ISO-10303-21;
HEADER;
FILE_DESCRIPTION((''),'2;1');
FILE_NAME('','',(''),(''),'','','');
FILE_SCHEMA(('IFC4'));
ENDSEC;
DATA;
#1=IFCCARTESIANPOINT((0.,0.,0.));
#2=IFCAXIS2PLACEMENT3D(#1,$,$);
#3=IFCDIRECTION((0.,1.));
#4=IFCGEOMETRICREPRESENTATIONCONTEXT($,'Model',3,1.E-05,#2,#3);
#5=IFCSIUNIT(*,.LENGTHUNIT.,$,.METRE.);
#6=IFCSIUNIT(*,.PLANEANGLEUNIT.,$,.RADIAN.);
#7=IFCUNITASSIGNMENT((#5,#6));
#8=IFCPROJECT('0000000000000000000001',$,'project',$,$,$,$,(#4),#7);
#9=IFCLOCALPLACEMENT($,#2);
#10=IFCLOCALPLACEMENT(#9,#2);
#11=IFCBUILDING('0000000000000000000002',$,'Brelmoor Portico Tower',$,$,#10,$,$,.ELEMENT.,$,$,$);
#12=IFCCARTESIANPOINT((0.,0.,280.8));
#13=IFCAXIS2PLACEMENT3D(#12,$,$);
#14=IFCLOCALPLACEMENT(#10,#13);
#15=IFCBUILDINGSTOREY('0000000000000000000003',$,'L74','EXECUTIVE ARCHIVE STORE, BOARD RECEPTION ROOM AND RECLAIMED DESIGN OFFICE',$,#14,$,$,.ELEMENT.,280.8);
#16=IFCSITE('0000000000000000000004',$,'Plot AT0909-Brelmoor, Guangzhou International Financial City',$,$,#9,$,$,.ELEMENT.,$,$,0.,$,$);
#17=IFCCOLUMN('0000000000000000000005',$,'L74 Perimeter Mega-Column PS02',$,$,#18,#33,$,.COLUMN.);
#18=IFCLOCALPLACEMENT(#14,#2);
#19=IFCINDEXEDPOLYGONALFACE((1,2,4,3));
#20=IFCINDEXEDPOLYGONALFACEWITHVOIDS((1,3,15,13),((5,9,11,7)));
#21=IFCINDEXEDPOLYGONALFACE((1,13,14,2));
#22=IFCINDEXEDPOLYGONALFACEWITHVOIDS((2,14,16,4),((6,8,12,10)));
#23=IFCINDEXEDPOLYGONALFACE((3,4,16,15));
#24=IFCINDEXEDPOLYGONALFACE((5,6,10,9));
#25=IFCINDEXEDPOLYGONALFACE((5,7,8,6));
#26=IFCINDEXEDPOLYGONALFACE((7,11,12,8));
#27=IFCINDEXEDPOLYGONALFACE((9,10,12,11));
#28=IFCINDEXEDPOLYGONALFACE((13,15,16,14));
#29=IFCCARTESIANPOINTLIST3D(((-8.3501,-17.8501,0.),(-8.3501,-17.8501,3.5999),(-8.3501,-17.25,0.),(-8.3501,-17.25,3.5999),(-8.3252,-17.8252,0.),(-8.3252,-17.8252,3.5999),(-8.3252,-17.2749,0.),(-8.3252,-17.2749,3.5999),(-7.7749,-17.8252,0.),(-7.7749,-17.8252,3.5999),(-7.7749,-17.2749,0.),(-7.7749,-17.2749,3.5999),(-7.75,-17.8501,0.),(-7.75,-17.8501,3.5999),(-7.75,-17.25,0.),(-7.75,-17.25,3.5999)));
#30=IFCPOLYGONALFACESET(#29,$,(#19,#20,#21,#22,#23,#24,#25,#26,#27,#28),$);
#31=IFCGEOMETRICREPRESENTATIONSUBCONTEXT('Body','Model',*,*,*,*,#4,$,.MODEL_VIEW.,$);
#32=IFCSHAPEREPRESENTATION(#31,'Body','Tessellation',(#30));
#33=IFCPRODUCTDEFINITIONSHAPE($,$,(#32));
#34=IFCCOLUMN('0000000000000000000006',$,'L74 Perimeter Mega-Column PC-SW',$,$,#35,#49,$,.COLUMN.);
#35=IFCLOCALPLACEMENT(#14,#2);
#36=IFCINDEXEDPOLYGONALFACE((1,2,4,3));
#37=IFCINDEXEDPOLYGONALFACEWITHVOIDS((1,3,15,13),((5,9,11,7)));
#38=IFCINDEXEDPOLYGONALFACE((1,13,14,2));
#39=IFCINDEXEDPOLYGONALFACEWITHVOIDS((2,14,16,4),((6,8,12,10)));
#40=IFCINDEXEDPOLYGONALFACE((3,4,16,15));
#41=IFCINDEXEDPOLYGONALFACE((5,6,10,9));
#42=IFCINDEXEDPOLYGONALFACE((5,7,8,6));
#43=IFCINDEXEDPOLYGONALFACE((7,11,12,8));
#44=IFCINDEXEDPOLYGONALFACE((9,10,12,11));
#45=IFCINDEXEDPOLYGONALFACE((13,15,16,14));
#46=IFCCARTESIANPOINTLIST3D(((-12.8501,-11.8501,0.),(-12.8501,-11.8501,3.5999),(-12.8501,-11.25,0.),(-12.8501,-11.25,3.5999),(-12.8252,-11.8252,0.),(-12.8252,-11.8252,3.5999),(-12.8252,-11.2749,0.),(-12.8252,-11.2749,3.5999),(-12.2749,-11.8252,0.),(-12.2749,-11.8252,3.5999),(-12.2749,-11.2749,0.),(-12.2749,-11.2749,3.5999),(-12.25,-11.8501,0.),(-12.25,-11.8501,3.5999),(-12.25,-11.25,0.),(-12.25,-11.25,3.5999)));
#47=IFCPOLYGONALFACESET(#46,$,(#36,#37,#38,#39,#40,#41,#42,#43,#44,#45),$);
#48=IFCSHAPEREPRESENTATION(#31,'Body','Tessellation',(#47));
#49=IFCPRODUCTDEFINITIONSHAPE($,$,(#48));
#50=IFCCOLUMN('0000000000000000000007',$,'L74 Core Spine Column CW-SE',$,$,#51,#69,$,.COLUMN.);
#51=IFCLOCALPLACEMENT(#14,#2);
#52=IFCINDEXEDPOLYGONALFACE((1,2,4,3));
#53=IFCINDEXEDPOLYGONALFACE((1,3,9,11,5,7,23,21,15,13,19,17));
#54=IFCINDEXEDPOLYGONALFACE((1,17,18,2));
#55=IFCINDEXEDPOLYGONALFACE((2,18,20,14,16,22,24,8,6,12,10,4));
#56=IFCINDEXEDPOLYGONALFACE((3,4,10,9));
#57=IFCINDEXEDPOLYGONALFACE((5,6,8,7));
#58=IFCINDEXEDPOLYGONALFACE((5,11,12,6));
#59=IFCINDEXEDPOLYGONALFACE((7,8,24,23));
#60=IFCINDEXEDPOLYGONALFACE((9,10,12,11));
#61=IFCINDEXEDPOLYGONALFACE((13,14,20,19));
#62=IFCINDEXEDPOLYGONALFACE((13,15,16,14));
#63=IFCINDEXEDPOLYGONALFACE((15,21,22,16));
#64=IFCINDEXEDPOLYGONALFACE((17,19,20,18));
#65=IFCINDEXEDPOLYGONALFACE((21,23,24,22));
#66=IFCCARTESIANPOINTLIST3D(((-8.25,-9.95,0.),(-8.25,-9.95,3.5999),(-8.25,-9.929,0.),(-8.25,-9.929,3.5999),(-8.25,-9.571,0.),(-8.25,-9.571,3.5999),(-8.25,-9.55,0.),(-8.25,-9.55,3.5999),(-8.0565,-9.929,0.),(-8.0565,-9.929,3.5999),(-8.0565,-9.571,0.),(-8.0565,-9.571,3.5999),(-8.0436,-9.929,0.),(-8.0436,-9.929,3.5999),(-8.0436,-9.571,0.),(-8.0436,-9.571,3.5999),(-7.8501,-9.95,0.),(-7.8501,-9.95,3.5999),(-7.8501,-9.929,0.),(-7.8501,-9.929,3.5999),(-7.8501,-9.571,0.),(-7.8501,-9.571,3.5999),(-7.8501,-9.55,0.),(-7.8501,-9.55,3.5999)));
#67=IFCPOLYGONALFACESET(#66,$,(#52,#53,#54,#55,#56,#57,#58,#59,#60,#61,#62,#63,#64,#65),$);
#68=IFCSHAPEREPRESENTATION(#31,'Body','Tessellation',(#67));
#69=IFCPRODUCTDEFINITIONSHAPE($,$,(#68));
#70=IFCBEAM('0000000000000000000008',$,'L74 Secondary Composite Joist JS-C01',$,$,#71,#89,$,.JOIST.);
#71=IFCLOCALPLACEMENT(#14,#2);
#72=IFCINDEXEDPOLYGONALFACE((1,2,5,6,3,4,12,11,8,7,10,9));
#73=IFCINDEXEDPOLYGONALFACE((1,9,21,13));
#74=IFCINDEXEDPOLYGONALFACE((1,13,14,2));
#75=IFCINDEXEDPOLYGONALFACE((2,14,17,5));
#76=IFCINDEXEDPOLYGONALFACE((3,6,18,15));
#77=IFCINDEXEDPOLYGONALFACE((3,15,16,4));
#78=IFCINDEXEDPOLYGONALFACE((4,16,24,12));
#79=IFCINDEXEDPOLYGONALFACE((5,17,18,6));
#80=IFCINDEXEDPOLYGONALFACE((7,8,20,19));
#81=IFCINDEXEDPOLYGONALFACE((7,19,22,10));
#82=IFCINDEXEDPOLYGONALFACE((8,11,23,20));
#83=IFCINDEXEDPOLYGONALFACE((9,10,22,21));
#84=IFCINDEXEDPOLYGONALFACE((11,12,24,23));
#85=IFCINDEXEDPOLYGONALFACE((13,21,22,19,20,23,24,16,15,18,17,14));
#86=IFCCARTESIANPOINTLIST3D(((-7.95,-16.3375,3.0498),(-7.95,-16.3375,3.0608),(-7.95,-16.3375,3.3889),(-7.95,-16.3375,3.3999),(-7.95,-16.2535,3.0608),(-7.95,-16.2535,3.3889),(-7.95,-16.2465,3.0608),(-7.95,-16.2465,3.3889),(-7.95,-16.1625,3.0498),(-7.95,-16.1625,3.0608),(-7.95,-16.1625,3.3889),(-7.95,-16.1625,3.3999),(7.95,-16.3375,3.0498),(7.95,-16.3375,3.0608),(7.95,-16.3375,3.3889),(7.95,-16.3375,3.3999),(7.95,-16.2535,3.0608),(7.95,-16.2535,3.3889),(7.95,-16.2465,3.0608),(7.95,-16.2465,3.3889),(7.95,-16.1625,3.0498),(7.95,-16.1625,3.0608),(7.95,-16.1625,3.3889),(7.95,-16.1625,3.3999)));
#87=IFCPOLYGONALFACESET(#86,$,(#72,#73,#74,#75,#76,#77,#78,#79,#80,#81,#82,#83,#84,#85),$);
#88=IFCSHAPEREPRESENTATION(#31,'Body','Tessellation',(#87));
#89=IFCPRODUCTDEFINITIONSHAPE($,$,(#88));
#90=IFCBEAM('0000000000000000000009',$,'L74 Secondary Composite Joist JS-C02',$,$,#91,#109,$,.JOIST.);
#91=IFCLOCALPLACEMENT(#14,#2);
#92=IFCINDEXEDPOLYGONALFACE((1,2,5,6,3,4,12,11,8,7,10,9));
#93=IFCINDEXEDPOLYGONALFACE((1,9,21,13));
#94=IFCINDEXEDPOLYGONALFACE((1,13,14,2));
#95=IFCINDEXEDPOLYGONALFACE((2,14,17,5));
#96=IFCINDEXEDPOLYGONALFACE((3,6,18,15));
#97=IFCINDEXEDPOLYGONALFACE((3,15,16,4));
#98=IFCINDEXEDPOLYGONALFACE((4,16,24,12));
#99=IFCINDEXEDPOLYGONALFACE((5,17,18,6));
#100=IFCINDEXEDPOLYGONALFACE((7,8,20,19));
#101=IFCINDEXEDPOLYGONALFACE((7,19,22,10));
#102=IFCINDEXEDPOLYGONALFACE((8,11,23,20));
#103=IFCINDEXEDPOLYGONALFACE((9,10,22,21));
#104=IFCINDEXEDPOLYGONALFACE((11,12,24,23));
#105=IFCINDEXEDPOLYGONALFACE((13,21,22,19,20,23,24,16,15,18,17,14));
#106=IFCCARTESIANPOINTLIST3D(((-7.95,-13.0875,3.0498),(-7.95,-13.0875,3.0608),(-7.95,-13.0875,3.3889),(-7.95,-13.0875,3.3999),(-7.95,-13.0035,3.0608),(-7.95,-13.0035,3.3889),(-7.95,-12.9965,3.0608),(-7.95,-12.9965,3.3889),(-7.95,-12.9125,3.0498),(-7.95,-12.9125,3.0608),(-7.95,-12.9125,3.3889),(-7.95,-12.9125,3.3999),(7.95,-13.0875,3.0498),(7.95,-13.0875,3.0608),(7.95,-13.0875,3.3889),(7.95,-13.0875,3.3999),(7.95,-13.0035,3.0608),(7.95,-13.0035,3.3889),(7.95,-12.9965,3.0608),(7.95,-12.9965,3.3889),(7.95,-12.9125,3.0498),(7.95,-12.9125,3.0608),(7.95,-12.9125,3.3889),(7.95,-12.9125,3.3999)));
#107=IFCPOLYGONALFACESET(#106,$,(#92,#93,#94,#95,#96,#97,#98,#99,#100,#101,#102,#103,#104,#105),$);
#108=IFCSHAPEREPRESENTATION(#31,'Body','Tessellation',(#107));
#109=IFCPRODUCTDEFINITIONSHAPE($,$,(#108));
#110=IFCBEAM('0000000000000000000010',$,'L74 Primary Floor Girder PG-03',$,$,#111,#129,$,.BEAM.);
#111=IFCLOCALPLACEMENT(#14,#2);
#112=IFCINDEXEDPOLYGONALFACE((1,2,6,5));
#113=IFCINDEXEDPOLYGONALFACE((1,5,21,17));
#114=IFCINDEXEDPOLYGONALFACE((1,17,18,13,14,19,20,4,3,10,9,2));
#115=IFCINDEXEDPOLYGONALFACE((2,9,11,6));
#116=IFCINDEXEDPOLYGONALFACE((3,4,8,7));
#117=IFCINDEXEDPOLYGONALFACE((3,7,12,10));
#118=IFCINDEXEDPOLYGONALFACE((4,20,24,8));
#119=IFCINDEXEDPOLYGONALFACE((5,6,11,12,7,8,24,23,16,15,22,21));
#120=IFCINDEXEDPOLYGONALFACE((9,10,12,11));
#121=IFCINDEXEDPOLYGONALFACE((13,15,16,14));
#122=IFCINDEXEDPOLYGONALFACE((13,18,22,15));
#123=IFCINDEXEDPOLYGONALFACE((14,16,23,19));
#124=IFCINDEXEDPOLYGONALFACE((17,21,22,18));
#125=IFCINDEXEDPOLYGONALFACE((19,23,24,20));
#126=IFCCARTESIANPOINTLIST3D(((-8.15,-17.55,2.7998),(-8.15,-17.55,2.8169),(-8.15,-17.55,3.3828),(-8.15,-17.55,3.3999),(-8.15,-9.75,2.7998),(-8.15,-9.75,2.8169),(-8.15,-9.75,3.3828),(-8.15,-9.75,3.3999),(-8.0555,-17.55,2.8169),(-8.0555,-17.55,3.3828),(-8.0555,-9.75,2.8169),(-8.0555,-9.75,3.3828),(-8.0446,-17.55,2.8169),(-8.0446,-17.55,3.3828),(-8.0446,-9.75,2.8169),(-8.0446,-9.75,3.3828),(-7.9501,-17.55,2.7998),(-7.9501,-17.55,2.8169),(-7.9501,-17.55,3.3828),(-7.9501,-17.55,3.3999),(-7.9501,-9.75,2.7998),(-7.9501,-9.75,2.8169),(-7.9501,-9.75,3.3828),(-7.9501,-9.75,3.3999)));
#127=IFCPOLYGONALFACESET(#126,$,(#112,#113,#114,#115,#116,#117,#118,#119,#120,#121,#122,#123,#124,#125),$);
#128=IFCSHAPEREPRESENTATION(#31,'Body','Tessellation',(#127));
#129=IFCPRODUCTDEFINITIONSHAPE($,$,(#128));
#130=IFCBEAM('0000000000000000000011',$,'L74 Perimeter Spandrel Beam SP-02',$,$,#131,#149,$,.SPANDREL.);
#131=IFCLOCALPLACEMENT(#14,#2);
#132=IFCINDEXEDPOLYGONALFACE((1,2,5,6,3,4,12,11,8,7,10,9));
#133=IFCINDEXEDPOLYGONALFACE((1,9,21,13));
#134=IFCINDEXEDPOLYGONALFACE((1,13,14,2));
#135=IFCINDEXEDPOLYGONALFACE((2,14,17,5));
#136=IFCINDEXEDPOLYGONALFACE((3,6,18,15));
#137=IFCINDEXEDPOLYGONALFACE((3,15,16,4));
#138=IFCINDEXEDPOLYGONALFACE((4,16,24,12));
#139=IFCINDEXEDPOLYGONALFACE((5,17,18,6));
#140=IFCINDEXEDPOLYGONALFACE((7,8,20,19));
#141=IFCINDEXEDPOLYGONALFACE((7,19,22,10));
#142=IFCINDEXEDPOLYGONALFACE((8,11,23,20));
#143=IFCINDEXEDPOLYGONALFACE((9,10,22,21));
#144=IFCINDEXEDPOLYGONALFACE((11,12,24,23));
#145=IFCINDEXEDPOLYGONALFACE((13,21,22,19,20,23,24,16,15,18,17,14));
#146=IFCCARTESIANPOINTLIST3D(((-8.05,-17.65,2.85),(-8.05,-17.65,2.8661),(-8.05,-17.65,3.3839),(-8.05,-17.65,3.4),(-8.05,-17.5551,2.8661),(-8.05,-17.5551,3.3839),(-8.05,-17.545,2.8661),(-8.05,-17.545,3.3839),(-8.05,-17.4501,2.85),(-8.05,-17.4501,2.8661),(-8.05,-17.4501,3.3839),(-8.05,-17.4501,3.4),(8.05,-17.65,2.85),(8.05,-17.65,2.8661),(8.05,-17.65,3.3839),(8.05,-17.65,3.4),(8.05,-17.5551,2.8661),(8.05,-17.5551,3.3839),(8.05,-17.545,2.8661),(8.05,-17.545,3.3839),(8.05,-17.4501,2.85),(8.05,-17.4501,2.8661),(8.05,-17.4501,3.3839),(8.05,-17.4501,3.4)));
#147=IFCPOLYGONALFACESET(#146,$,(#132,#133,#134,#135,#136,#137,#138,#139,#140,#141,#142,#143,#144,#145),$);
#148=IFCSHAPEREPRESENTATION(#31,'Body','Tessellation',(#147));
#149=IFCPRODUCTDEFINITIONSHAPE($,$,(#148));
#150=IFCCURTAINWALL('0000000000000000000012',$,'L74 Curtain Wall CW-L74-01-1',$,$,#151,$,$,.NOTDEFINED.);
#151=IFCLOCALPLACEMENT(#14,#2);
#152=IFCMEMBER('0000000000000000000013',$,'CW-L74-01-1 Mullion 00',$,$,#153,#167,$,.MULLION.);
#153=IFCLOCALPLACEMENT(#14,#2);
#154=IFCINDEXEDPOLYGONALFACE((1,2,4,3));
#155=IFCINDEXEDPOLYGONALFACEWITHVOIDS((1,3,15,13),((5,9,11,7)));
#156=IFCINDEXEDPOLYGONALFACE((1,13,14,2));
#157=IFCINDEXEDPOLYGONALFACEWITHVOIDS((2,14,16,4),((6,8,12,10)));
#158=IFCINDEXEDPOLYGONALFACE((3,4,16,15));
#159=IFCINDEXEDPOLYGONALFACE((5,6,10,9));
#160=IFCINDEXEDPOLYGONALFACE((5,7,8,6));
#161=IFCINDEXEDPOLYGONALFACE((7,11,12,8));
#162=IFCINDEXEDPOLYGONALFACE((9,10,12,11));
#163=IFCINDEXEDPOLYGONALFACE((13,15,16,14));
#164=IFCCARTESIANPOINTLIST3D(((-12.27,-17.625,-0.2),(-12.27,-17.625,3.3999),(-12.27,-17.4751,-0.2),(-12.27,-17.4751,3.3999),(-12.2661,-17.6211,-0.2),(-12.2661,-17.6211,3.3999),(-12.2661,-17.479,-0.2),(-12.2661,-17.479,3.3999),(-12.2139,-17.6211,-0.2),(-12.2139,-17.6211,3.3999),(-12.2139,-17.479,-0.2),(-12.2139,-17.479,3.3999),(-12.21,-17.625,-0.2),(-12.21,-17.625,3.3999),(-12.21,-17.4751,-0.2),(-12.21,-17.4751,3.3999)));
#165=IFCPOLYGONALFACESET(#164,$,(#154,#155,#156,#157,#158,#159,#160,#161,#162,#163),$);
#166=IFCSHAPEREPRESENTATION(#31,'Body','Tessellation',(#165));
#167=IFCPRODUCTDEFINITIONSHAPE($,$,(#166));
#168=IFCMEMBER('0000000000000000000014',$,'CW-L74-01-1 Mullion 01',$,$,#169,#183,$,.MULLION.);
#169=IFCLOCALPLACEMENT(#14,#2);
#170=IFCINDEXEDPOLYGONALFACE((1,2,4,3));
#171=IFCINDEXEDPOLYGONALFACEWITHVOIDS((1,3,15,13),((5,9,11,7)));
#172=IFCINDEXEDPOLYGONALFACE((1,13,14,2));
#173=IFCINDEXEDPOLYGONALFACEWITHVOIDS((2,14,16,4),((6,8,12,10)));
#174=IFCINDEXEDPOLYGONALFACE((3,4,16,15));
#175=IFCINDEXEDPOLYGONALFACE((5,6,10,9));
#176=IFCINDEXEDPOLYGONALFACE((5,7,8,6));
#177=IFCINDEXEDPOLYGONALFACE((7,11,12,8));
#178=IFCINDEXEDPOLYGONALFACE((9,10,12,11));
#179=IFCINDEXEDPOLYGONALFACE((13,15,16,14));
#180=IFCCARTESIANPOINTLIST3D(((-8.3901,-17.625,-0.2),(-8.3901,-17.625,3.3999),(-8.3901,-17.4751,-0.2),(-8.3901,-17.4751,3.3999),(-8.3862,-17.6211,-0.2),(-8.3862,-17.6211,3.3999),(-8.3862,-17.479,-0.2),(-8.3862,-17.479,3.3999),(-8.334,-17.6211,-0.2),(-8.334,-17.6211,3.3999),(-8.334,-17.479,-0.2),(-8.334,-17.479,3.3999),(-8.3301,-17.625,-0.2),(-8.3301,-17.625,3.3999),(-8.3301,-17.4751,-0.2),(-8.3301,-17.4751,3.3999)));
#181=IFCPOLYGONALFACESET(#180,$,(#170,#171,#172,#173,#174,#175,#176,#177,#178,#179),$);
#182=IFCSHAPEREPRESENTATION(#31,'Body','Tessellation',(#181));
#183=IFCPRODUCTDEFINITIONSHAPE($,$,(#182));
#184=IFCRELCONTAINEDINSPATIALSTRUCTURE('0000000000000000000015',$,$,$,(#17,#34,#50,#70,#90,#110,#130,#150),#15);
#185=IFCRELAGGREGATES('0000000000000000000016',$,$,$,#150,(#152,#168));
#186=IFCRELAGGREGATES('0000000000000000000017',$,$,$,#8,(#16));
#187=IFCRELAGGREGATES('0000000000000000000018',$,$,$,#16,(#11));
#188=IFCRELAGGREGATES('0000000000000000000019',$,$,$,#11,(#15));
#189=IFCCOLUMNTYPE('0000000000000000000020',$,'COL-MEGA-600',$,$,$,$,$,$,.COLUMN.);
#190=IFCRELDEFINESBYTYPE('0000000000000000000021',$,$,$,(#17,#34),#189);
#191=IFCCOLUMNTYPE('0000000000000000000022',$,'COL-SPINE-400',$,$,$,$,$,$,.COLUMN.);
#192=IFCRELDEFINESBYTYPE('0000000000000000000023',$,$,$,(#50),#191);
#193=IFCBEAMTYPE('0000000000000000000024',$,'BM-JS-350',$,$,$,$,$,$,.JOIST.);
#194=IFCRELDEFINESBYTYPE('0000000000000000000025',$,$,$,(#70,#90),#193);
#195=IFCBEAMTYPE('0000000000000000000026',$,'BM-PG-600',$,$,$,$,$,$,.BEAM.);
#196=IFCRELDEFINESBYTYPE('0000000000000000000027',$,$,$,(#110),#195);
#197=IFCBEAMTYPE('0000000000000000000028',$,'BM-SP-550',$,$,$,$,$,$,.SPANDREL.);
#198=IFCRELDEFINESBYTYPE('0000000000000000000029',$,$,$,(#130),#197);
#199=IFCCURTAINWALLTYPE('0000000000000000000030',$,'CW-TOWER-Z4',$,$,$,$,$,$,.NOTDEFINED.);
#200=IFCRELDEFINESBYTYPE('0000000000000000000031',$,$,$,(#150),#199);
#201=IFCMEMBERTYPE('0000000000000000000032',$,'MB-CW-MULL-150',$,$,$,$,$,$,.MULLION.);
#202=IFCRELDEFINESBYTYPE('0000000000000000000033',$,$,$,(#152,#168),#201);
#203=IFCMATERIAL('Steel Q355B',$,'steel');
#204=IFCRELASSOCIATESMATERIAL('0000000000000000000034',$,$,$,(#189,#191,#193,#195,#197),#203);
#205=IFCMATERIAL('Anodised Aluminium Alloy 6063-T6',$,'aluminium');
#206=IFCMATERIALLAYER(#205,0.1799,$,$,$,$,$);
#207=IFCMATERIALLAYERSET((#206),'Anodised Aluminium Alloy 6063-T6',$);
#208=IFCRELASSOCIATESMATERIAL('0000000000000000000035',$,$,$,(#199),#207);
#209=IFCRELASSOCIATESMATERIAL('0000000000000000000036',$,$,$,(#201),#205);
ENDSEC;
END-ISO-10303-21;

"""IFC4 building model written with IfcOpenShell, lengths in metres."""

from ifc_helpers import new_model, si_unit, direction, frame, origin, origin_2d, place, context, subcontext, project, spatial, hollow_rectangle, i_section, extrude, material, layer, layer_set, material_profile, profile_set, type_object, element, aggregate, save


model = new_model("IFC4")

# Units and contexts
model_context = context("Model", 3, precision=1e-05, world=origin(), true_north=direction((0.0, 1.0)))
body_context = subcontext(model_context, "Body", "Model", "MODEL_VIEW")
ifc_project = project(units=[si_unit("LENGTHUNIT", "METRE"), si_unit("PLANEANGLEUNIT", "RADIAN")], contexts=[model_context])

# Site, building, storey
site_placement = place(None, origin())
site = spatial("IfcSite", under=ifc_project, at=site_placement, Name="Plot AT0909-Brelmoor, Guangzhou International Financial City", CompositionType="ELEMENT", RefElevation=0.0)
building_placement = place(site_placement, origin())
building = spatial("IfcBuilding", under=site, at=building_placement, Name="Brelmoor Portico Tower", CompositionType="ELEMENT")
storey_placement = place(building_placement, frame((0.0, 0.0, 280.8)))
storey = spatial("IfcBuildingStorey", under=building, at=storey_placement, Name="L74", Description="EXECUTIVE ARCHIVE STORE, BOARD RECEPTION ROOM AND RECLAIMED DESIGN OFFICE", CompositionType="ELEMENT", Elevation=280.8)

# Columns
ifc_material_1 = material(Name="Steel Q355B", Category="steel")
ifc_material_profile_1 = material_profile(ifc_material_1, hollow_rectangle(XDim=0.6001, YDim=0.6001, WallThickness=0.0249, at=origin_2d()), Name="BOX 600x600x25")
ifc_profile_set_1 = profile_set([ifc_material_profile_1], Name="Steel Q355B")
column_type_1 = type_object("IfcColumnType", Name="COL-MEGA-600", PredefinedType="COLUMN", material=ifc_profile_set_1)
for number, where, z_axis, x_axis, name in (
    (1, (-8.05, -17.55, 0.0), (0.0, 0.0, 1.0), (1.0, 0.0, 0.0), "L74 Perimeter Mega-Column PS02"),
    (2, (-12.55, -11.55, 0.0), (0.0, 0.0, 1.0), (1.0, 0.0, 0.0), "L74 Perimeter Mega-Column PC-SW"),
):
    element("IfcColumn", number, at=place(storey_placement, frame(where, z_axis=z_axis, x_axis=x_axis)), inside=storey, type_object=column_type_1, Name=name, PredefinedType="COLUMN", context=body_context, shape_type="SweptSolid", body=[
        extrude(hollow_rectangle(XDim=0.6001, YDim=0.6001, WallThickness=0.0249, at=origin_2d()), origin(), (0.0, 0.0, 1.0), 3.5999),
    ])
ifc_material_profile_2 = material_profile(ifc_material_1, i_section(OverallWidth=0.3999, OverallDepth=0.3999, WebThickness=0.0129, FlangeThickness=0.021, at=origin_2d()), Name="HW 400x400x13x21")
ifc_profile_set_2 = profile_set([ifc_material_profile_2], Name="Steel Q355B")
column_type_2 = type_object("IfcColumnType", Name="COL-SPINE-400", PredefinedType="COLUMN", material=ifc_profile_set_2)
column_placement = place(storey_placement, frame((-8.05, -9.75, 0.0), z_axis=(0.0, 0.0, 1.0), x_axis=(1.0, 0.0, 0.0)))
element("IfcColumn", 3, at=column_placement, inside=storey, type_object=column_type_2, Name="L74 Core Spine Column CW-SE", PredefinedType="COLUMN", context=body_context, shape_type="SweptSolid", body=[
    extrude(i_section(OverallWidth=0.3999, OverallDepth=0.3999, WebThickness=0.0129, FlangeThickness=0.021, at=origin_2d()), origin(), (0.0, 0.0, 1.0), 3.5999),
])

# Beams
ifc_material_profile_3 = material_profile(ifc_material_1, i_section(OverallWidth=0.175, OverallDepth=0.3501, WebThickness=0.0071, FlangeThickness=0.011, at=origin_2d()), Name="HN 350x175x7x11")
ifc_profile_set_3 = profile_set([ifc_material_profile_3], Name="Steel Q355B")
beam_type_1 = type_object("IfcBeamType", Name="BM-JS-350", PredefinedType="JOIST", material=ifc_profile_set_3)
for number, where, z_axis, x_axis, name in (
    (4, (-7.95, -16.25, 3.2249), (1.0, 0.0, 0.0), (0.0, 1.0, 0.0), "L74 Secondary Composite Joist JS-C01"),
    (5, (-7.95, -13.0, 3.2249), (1.0, 0.0, 0.0), (0.0, 1.0, 0.0), "L74 Secondary Composite Joist JS-C02"),
):
    element("IfcBeam", number, at=place(storey_placement, frame(where, z_axis=z_axis, x_axis=x_axis)), inside=storey, type_object=beam_type_1, Name=name, PredefinedType="JOIST", context=body_context, shape_type="SweptSolid", body=[
        extrude(i_section(OverallWidth=0.175, OverallDepth=0.3501, WebThickness=0.0071, FlangeThickness=0.011, at=origin_2d()), origin(), (0.0, 0.0, 1.0), 15.8999),
    ])
ifc_material_profile_4 = material_profile(ifc_material_1, i_section(OverallWidth=0.2, OverallDepth=0.6001, WebThickness=0.011, FlangeThickness=0.0171, at=origin_2d()), Name="HN 600x200x11x17")
ifc_profile_set_4 = profile_set([ifc_material_profile_4], Name="Steel Q355B")
beam_type_2 = type_object("IfcBeamType", Name="BM-PG-600", PredefinedType="BEAM", material=ifc_profile_set_4)
beam_1_placement = place(storey_placement, frame((-8.05, -17.55, 3.0999), z_axis=(0.0, 1.0, 0.0), x_axis=(-1.0, 0.0, 0.0)))
element("IfcBeam", 6, at=beam_1_placement, inside=storey, type_object=beam_type_2, Name="L74 Primary Floor Girder PG-03", PredefinedType="BEAM", context=body_context, shape_type="SweptSolid", body=[
    extrude(i_section(OverallWidth=0.2, OverallDepth=0.6001, WebThickness=0.011, FlangeThickness=0.0171, at=origin_2d()), origin(), (0.0, 0.0, 1.0), 7.8),
])
ifc_material_profile_5 = material_profile(ifc_material_1, i_section(OverallWidth=0.2, OverallDepth=0.55, WebThickness=0.01, FlangeThickness=0.0161, at=origin_2d()), Name="HN 550x200x10x16")
ifc_profile_set_5 = profile_set([ifc_material_profile_5], Name="Steel Q355B")
beam_type_3 = type_object("IfcBeamType", Name="BM-SP-550", PredefinedType="SPANDREL", material=ifc_profile_set_5)
beam_2_placement = place(storey_placement, frame((-8.05, -17.55, 3.125), z_axis=(1.0, 0.0, 0.0), x_axis=(0.0, 1.0, 0.0)))
element("IfcBeam", 7, at=beam_2_placement, inside=storey, type_object=beam_type_3, Name="L74 Perimeter Spandrel Beam SP-02", PredefinedType="SPANDREL", context=body_context, shape_type="SweptSolid", body=[
    extrude(i_section(OverallWidth=0.2, OverallDepth=0.55, WebThickness=0.01, FlangeThickness=0.0161, at=origin_2d()), origin(), (0.0, 0.0, 1.0), 16.1001),
])

# Curtain wall, members
ifc_material_2 = material(Name="Anodised Aluminium Alloy 6063-T6", Category="aluminium")
ifc_layer_1 = layer(ifc_material_2, 0.1799)
ifc_layer_set_1 = layer_set([ifc_layer_1], Name="Anodised Aluminium Alloy 6063-T6")
curtain_wall_type_1 = type_object("IfcCurtainWallType", Name="CW-TOWER-Z4", PredefinedType="NOTDEFINED", material=ifc_layer_set_1)
curtain_wall_1_placement = place(storey_placement, origin())
curtain_wall_1 = element("IfcCurtainWall", 8, at=curtain_wall_1_placement, inside=storey, type_object=curtain_wall_type_1, Name="L74 Curtain Wall CW-L74-01-1", PredefinedType="NOTDEFINED")
ifc_material_profile_6 = material_profile(ifc_material_2, hollow_rectangle(XDim=0.0601, YDim=0.1499, WallThickness=0.0039, at=origin_2d()), Name="ALU MULLION 60x150")
ifc_profile_set_6 = profile_set([ifc_material_profile_6], Name="Anodised Aluminium Alloy 6063-T6")
member_type_1 = type_object("IfcMemberType", Name="MB-CW-MULL-150", PredefinedType="MULLION", material=ifc_profile_set_6)
member_1_placement = place(storey_placement, frame((-12.24, -17.55, -0.2), z_axis=(0.0, 0.0, 1.0), x_axis=(1.0, 0.0, 0.0)))
member_1 = element("IfcMember", 9, at=member_1_placement, type_object=member_type_1, Name="CW-L74-01-1 Mullion 00", PredefinedType="MULLION", context=body_context, shape_type="SweptSolid", body=[
    extrude(hollow_rectangle(XDim=0.0601, YDim=0.1499, WallThickness=0.0039, at=origin_2d()), origin(), (0.0, 0.0, 1.0), 3.5999),
])
member_2_placement = place(storey_placement, frame((-8.3601, -17.55, -0.2), z_axis=(0.0, 0.0, 1.0), x_axis=(1.0, 0.0, 0.0)))
member_2 = element("IfcMember", 10, at=member_2_placement, type_object=member_type_1, Name="CW-L74-01-1 Mullion 01", PredefinedType="MULLION", context=body_context, shape_type="SweptSolid", body=[
    extrude(hollow_rectangle(XDim=0.0601, YDim=0.1499, WallThickness=0.0039, at=origin_2d()), origin(), (0.0, 0.0, 1.0), 3.5999),
])

aggregate(curtain_wall_1, [member_1, member_2])

save(model, "model.ifc")
